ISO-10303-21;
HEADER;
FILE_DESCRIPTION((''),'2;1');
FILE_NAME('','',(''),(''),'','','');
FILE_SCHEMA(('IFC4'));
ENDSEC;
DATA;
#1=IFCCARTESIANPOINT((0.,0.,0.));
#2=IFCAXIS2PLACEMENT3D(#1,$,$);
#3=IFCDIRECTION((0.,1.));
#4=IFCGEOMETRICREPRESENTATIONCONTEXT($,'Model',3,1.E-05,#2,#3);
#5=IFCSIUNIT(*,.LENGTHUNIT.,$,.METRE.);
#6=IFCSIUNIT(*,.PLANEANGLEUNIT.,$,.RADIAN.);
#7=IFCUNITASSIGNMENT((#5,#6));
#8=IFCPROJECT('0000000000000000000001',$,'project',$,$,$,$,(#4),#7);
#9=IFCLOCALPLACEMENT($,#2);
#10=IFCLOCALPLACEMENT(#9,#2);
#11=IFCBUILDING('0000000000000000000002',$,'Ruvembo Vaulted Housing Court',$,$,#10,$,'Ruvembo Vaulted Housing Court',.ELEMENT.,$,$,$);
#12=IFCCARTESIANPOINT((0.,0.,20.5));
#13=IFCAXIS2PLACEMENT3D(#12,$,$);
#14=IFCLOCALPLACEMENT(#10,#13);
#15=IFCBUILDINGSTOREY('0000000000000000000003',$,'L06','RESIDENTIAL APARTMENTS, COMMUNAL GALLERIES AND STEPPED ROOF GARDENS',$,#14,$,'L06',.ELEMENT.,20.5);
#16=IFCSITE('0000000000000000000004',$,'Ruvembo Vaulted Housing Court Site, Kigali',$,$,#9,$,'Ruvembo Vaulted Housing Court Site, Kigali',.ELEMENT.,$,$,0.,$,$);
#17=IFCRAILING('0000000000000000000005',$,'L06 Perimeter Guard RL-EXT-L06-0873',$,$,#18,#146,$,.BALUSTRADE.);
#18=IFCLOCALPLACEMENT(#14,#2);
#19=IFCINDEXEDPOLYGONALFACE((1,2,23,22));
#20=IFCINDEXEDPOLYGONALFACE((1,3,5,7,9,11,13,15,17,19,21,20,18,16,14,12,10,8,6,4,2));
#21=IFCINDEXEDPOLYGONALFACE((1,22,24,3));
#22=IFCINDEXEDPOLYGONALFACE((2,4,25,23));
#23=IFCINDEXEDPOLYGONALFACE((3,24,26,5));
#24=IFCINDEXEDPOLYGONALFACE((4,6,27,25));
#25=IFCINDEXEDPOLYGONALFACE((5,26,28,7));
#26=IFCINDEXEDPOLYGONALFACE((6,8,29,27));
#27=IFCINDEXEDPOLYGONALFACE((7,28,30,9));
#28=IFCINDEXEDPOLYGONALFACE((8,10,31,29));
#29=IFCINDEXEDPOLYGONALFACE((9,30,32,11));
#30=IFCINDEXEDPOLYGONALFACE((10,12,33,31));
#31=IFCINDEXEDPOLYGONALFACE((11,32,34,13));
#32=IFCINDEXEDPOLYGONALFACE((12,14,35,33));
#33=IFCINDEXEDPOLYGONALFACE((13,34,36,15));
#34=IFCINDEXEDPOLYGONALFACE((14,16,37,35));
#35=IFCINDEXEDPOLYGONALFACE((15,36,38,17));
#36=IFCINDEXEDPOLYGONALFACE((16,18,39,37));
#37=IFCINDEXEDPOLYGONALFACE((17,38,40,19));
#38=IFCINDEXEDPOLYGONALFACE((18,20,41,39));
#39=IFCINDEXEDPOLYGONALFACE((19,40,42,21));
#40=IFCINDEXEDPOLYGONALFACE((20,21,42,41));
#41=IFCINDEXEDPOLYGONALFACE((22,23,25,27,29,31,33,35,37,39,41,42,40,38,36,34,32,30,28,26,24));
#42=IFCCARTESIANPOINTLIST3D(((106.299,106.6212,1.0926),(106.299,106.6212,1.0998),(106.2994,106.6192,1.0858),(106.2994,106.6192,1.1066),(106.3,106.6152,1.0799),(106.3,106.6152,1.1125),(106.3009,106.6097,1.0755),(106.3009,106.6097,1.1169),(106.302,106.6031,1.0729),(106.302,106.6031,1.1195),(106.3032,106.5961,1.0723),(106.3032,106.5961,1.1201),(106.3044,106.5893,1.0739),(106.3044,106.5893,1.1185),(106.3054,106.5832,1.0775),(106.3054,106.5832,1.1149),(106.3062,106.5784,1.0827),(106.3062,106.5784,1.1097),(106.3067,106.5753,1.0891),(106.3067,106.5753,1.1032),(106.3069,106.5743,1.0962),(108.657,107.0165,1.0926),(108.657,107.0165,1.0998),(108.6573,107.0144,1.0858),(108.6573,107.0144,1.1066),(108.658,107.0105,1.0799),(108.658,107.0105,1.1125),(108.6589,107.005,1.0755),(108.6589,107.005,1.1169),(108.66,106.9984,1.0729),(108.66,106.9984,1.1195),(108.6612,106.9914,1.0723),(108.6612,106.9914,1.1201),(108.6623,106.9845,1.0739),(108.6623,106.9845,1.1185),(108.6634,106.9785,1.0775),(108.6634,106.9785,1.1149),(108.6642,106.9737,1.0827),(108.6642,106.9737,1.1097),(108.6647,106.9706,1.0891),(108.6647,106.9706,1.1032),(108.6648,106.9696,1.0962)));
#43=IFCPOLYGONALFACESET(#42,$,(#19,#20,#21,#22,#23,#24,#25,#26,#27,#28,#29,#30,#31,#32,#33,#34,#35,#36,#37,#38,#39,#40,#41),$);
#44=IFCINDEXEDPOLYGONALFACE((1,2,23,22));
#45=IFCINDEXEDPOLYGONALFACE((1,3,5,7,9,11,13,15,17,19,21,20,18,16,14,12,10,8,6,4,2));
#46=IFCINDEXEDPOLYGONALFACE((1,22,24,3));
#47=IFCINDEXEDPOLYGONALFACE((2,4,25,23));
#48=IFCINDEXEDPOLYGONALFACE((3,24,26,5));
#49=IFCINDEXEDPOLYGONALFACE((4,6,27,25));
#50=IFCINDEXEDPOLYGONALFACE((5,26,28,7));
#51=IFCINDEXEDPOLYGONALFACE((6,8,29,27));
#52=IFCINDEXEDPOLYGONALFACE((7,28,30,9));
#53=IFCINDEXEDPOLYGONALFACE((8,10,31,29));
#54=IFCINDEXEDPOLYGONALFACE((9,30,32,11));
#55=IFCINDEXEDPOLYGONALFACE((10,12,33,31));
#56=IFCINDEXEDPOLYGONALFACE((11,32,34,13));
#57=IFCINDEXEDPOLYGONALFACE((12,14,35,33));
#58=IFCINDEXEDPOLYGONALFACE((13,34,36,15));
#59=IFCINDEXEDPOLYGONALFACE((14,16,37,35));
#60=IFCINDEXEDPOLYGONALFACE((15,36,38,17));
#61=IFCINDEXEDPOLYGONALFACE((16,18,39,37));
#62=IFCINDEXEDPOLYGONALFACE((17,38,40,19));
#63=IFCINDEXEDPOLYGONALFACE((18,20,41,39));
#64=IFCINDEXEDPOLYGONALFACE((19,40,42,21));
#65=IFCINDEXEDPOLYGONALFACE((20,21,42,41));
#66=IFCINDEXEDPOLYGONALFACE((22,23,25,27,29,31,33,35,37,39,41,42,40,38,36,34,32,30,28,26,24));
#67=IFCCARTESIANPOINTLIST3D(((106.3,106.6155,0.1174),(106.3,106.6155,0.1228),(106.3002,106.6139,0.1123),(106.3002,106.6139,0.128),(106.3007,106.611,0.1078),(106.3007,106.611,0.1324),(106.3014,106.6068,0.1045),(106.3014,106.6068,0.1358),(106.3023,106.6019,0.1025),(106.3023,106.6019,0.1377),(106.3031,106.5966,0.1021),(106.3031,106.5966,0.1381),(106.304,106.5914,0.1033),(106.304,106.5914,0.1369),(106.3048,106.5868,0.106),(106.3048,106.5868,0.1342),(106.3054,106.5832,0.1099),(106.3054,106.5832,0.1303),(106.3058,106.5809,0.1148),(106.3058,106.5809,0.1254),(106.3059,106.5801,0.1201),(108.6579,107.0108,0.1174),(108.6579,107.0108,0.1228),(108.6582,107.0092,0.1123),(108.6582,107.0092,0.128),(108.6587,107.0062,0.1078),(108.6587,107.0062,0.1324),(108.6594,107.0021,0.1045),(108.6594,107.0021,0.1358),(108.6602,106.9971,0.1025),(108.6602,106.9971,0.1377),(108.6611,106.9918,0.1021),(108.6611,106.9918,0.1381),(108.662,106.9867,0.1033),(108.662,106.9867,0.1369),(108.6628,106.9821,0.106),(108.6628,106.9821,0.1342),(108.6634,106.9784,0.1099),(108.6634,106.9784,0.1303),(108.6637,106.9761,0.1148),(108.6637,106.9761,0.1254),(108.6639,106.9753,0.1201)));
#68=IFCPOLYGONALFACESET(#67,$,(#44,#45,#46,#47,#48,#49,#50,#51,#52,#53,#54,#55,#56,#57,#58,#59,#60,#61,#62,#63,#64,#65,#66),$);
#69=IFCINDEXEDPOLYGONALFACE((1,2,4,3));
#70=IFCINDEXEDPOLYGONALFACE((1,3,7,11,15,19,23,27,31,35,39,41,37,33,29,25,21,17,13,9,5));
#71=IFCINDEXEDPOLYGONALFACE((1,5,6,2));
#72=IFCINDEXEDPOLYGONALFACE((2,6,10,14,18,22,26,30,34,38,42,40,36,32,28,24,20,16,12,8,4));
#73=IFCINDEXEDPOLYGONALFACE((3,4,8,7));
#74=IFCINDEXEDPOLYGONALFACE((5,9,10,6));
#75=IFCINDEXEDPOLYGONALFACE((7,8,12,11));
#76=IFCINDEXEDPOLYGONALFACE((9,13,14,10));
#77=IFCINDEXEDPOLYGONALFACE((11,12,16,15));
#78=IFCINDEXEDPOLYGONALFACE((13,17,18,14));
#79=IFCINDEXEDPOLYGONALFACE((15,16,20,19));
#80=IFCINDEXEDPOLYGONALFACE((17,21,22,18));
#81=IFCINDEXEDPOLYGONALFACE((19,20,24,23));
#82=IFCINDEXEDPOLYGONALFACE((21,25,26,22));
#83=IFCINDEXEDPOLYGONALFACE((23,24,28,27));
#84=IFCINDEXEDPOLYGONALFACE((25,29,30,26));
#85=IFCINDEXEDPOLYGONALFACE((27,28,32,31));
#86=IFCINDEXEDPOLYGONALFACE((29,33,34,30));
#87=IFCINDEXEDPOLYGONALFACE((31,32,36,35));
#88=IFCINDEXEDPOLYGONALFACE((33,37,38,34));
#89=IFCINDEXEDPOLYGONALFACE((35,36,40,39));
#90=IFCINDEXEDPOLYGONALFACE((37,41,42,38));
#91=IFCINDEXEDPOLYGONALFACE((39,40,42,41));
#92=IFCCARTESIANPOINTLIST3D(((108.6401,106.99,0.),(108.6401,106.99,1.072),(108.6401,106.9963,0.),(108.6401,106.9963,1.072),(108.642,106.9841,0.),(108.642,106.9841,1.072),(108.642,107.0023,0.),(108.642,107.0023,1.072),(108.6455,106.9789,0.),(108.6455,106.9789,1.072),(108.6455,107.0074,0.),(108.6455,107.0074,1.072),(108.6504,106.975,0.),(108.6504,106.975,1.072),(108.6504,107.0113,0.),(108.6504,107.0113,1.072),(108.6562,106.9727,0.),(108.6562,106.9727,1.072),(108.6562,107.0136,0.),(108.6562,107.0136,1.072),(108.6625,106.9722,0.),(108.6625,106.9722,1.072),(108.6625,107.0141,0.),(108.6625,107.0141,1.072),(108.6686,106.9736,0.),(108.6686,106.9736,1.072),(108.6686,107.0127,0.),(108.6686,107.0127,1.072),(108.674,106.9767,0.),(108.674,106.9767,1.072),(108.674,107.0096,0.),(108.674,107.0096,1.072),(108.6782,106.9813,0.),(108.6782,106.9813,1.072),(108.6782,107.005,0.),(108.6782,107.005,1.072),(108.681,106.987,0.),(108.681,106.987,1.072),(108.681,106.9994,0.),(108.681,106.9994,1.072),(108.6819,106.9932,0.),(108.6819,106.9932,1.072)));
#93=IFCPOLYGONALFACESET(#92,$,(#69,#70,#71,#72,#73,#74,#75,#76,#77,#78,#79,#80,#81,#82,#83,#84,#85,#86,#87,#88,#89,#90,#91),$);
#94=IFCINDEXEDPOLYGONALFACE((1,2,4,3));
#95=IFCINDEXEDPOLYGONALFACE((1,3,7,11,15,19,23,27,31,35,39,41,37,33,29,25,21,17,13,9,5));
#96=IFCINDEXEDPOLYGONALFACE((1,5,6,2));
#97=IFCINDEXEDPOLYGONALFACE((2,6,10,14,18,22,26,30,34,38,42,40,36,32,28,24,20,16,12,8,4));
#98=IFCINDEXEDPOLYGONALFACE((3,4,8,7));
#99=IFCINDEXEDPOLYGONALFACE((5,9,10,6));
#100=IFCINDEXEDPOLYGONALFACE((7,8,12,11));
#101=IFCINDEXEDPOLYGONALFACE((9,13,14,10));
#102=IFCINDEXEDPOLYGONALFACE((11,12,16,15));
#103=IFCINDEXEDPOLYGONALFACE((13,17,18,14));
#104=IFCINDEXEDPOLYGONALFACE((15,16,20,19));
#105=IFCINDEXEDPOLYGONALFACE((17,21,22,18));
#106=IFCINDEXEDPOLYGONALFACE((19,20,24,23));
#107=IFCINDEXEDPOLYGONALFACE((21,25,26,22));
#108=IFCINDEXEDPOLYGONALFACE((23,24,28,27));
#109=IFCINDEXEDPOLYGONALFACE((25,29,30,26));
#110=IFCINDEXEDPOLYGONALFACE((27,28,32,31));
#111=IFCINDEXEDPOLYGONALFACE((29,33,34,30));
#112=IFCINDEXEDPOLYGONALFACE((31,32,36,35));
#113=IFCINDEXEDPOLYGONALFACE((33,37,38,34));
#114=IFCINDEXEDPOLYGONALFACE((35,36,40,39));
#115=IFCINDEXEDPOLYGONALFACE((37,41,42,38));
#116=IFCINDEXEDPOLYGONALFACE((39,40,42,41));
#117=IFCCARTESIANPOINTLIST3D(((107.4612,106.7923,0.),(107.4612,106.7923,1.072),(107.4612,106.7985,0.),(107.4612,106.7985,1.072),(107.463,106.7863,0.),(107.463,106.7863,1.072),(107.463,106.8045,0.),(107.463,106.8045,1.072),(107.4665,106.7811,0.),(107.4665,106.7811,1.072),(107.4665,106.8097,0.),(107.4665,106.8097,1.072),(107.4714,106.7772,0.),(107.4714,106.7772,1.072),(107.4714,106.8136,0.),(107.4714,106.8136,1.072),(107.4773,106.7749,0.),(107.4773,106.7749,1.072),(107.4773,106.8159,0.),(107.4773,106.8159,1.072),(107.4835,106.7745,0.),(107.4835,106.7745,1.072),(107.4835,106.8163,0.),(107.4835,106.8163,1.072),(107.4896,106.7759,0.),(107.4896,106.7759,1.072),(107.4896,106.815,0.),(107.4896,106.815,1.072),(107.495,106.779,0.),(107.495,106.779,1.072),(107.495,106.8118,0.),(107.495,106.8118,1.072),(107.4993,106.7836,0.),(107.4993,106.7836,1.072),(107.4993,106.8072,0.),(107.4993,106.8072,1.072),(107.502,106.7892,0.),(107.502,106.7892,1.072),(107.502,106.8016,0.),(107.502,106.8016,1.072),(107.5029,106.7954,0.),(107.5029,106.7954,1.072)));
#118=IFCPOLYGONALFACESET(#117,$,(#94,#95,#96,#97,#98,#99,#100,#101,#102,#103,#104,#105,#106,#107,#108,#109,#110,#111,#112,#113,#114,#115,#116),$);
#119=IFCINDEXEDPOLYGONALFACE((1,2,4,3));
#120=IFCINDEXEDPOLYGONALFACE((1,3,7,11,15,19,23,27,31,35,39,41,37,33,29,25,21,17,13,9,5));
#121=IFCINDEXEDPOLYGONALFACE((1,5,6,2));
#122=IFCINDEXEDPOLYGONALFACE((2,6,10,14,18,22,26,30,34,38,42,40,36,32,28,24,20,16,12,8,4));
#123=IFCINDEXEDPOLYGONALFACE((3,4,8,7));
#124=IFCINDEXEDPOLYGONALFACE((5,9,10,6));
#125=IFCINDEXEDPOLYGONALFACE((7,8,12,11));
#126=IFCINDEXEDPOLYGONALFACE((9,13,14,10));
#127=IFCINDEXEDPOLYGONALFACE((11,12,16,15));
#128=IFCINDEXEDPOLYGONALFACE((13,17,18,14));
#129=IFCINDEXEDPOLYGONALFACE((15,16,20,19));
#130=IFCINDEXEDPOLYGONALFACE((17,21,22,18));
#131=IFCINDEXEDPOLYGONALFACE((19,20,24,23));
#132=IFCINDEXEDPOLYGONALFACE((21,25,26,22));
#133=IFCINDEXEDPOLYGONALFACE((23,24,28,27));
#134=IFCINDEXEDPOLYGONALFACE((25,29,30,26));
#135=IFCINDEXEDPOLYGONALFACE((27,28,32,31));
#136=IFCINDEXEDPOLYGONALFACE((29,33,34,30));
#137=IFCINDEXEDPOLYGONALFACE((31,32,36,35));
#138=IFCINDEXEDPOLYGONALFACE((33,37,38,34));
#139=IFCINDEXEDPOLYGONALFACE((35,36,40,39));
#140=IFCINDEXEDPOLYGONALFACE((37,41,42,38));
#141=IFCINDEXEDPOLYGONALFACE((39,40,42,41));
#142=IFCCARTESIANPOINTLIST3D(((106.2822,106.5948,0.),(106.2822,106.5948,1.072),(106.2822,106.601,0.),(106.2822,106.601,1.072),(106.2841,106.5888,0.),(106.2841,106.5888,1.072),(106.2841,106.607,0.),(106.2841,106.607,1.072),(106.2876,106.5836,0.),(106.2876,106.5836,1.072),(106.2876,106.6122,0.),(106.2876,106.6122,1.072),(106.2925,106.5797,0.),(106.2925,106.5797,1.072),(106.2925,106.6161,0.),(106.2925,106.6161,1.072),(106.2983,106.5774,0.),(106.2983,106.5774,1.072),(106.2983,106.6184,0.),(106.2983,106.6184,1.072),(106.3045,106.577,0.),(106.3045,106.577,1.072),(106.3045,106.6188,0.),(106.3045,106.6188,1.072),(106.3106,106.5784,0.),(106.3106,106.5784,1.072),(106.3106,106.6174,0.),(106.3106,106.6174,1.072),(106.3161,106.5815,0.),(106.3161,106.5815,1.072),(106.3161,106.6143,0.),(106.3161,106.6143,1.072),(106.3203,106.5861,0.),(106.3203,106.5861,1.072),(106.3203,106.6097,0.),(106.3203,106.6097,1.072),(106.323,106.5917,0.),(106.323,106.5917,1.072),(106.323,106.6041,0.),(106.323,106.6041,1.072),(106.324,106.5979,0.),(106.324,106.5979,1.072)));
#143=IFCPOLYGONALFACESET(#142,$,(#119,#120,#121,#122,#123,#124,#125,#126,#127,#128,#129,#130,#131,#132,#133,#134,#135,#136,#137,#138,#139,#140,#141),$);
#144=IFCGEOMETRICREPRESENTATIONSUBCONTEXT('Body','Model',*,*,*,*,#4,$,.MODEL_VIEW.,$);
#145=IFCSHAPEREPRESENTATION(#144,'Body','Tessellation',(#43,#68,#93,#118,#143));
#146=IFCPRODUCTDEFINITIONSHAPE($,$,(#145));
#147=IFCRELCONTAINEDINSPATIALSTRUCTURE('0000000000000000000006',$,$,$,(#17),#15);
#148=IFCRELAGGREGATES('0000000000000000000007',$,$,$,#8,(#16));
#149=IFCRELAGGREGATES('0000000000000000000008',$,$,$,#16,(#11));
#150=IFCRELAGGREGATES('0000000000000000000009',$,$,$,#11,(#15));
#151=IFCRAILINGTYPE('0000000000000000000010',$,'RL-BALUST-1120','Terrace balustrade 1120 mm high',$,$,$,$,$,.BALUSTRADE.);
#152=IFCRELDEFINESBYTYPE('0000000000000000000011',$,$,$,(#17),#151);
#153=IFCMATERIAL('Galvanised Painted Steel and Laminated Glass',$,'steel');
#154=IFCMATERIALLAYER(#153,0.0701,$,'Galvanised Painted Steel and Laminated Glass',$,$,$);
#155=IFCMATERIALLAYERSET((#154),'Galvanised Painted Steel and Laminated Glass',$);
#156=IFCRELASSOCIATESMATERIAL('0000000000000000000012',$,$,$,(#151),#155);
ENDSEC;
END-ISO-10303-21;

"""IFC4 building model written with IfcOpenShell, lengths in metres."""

from ifc_helpers import new_model, si_unit, direction, frame, origin, origin_2d, place, context, subcontext, project, spatial, circle, extrude, material, layer, layer_set, type_object, element, save


model = new_model("IFC4")

# Units and contexts
model_context = context("Model", 3, precision=1e-05, world=origin(), true_north=direction((0.0, 1.0)))
body_context = subcontext(model_context, "Body", "Model", "MODEL_VIEW")
ifc_project = project(units=[si_unit("LENGTHUNIT", "METRE"), si_unit("PLANEANGLEUNIT", "RADIAN")], contexts=[model_context])

# Site, building, storey
site_placement = place(None, origin())
site = spatial("IfcSite", under=ifc_project, at=site_placement, Name="Ruvembo Vaulted Housing Court Site, Kigali", LongName="Ruvembo Vaulted Housing Court Site, Kigali", CompositionType="ELEMENT", RefElevation=0.0)
building_placement = place(site_placement, origin())
building = spatial("IfcBuilding", under=site, at=building_placement, Name="Ruvembo Vaulted Housing Court", LongName="Ruvembo Vaulted Housing Court", CompositionType="ELEMENT")
storey_placement = place(building_placement, frame((0.0, 0.0, 20.5)))
storey = spatial("IfcBuildingStorey", under=building, at=storey_placement, Name="L06", Description="RESIDENTIAL APARTMENTS, COMMUNAL GALLERIES AND STEPPED ROOF GARDENS", LongName="L06", CompositionType="ELEMENT", Elevation=20.5)

# Railing
ifc_material_1 = material(Name="Galvanised Painted Steel and Laminated Glass", Category="steel")
ifc_layer = layer(ifc_material_1, 0.0701, Name="Galvanised Painted Steel and Laminated Glass")
ifc_layer_set = layer_set([ifc_layer], Name="Galvanised Painted Steel and Laminated Glass")
railing_type = type_object("IfcRailingType", Name="RL-BALUST-1120", Description="Terrace balustrade 1120 mm high", PredefinedType="BALUSTRADE", material=ifc_layer_set)
railing_1_placement = place(storey_placement, frame((108.6609, 106.9932, 0.0)))
element("IfcRailing", 1, at=railing_1_placement, inside=storey, type_object=railing_type, Name="L06 Perimeter Guard RL-EXT-L06-0873", PredefinedType="BALUSTRADE", context=body_context, shape_type="SweptSolid", body=[
    extrude(circle(Radius=0.0239, at=origin_2d()), frame((0.0, 0.0, 1.0962), z_axis=(-0.986239, -0.165326, 0.0), x_axis=(0.165326, -0.986239, 0.0)), (0.0, 0.0, 1.0), 2.3909),
    extrude(circle(Radius=0.0181, at=origin_2d()), frame((0.0, 0.0, 0.1201), z_axis=(-0.986239, -0.165326, 0.0), x_axis=(0.165326, -0.986239, 0.0)), (0.0, 0.0, 1.0), 2.3909),
    extrude(circle(Radius=0.021, at=origin_2d()), origin(), (0.0, 0.0, 1.0), 1.072),
    extrude(circle(Radius=0.021, at=origin_2d()), frame((-1.179, -0.1978, 0.0)), (0.0, 0.0, 1.0), 1.072),
    extrude(circle(Radius=0.021, at=origin_2d()), frame((-2.3579, -0.3953, 0.0)), (0.0, 0.0, 1.0), 1.072),
])

save(model, "model.ifc")
